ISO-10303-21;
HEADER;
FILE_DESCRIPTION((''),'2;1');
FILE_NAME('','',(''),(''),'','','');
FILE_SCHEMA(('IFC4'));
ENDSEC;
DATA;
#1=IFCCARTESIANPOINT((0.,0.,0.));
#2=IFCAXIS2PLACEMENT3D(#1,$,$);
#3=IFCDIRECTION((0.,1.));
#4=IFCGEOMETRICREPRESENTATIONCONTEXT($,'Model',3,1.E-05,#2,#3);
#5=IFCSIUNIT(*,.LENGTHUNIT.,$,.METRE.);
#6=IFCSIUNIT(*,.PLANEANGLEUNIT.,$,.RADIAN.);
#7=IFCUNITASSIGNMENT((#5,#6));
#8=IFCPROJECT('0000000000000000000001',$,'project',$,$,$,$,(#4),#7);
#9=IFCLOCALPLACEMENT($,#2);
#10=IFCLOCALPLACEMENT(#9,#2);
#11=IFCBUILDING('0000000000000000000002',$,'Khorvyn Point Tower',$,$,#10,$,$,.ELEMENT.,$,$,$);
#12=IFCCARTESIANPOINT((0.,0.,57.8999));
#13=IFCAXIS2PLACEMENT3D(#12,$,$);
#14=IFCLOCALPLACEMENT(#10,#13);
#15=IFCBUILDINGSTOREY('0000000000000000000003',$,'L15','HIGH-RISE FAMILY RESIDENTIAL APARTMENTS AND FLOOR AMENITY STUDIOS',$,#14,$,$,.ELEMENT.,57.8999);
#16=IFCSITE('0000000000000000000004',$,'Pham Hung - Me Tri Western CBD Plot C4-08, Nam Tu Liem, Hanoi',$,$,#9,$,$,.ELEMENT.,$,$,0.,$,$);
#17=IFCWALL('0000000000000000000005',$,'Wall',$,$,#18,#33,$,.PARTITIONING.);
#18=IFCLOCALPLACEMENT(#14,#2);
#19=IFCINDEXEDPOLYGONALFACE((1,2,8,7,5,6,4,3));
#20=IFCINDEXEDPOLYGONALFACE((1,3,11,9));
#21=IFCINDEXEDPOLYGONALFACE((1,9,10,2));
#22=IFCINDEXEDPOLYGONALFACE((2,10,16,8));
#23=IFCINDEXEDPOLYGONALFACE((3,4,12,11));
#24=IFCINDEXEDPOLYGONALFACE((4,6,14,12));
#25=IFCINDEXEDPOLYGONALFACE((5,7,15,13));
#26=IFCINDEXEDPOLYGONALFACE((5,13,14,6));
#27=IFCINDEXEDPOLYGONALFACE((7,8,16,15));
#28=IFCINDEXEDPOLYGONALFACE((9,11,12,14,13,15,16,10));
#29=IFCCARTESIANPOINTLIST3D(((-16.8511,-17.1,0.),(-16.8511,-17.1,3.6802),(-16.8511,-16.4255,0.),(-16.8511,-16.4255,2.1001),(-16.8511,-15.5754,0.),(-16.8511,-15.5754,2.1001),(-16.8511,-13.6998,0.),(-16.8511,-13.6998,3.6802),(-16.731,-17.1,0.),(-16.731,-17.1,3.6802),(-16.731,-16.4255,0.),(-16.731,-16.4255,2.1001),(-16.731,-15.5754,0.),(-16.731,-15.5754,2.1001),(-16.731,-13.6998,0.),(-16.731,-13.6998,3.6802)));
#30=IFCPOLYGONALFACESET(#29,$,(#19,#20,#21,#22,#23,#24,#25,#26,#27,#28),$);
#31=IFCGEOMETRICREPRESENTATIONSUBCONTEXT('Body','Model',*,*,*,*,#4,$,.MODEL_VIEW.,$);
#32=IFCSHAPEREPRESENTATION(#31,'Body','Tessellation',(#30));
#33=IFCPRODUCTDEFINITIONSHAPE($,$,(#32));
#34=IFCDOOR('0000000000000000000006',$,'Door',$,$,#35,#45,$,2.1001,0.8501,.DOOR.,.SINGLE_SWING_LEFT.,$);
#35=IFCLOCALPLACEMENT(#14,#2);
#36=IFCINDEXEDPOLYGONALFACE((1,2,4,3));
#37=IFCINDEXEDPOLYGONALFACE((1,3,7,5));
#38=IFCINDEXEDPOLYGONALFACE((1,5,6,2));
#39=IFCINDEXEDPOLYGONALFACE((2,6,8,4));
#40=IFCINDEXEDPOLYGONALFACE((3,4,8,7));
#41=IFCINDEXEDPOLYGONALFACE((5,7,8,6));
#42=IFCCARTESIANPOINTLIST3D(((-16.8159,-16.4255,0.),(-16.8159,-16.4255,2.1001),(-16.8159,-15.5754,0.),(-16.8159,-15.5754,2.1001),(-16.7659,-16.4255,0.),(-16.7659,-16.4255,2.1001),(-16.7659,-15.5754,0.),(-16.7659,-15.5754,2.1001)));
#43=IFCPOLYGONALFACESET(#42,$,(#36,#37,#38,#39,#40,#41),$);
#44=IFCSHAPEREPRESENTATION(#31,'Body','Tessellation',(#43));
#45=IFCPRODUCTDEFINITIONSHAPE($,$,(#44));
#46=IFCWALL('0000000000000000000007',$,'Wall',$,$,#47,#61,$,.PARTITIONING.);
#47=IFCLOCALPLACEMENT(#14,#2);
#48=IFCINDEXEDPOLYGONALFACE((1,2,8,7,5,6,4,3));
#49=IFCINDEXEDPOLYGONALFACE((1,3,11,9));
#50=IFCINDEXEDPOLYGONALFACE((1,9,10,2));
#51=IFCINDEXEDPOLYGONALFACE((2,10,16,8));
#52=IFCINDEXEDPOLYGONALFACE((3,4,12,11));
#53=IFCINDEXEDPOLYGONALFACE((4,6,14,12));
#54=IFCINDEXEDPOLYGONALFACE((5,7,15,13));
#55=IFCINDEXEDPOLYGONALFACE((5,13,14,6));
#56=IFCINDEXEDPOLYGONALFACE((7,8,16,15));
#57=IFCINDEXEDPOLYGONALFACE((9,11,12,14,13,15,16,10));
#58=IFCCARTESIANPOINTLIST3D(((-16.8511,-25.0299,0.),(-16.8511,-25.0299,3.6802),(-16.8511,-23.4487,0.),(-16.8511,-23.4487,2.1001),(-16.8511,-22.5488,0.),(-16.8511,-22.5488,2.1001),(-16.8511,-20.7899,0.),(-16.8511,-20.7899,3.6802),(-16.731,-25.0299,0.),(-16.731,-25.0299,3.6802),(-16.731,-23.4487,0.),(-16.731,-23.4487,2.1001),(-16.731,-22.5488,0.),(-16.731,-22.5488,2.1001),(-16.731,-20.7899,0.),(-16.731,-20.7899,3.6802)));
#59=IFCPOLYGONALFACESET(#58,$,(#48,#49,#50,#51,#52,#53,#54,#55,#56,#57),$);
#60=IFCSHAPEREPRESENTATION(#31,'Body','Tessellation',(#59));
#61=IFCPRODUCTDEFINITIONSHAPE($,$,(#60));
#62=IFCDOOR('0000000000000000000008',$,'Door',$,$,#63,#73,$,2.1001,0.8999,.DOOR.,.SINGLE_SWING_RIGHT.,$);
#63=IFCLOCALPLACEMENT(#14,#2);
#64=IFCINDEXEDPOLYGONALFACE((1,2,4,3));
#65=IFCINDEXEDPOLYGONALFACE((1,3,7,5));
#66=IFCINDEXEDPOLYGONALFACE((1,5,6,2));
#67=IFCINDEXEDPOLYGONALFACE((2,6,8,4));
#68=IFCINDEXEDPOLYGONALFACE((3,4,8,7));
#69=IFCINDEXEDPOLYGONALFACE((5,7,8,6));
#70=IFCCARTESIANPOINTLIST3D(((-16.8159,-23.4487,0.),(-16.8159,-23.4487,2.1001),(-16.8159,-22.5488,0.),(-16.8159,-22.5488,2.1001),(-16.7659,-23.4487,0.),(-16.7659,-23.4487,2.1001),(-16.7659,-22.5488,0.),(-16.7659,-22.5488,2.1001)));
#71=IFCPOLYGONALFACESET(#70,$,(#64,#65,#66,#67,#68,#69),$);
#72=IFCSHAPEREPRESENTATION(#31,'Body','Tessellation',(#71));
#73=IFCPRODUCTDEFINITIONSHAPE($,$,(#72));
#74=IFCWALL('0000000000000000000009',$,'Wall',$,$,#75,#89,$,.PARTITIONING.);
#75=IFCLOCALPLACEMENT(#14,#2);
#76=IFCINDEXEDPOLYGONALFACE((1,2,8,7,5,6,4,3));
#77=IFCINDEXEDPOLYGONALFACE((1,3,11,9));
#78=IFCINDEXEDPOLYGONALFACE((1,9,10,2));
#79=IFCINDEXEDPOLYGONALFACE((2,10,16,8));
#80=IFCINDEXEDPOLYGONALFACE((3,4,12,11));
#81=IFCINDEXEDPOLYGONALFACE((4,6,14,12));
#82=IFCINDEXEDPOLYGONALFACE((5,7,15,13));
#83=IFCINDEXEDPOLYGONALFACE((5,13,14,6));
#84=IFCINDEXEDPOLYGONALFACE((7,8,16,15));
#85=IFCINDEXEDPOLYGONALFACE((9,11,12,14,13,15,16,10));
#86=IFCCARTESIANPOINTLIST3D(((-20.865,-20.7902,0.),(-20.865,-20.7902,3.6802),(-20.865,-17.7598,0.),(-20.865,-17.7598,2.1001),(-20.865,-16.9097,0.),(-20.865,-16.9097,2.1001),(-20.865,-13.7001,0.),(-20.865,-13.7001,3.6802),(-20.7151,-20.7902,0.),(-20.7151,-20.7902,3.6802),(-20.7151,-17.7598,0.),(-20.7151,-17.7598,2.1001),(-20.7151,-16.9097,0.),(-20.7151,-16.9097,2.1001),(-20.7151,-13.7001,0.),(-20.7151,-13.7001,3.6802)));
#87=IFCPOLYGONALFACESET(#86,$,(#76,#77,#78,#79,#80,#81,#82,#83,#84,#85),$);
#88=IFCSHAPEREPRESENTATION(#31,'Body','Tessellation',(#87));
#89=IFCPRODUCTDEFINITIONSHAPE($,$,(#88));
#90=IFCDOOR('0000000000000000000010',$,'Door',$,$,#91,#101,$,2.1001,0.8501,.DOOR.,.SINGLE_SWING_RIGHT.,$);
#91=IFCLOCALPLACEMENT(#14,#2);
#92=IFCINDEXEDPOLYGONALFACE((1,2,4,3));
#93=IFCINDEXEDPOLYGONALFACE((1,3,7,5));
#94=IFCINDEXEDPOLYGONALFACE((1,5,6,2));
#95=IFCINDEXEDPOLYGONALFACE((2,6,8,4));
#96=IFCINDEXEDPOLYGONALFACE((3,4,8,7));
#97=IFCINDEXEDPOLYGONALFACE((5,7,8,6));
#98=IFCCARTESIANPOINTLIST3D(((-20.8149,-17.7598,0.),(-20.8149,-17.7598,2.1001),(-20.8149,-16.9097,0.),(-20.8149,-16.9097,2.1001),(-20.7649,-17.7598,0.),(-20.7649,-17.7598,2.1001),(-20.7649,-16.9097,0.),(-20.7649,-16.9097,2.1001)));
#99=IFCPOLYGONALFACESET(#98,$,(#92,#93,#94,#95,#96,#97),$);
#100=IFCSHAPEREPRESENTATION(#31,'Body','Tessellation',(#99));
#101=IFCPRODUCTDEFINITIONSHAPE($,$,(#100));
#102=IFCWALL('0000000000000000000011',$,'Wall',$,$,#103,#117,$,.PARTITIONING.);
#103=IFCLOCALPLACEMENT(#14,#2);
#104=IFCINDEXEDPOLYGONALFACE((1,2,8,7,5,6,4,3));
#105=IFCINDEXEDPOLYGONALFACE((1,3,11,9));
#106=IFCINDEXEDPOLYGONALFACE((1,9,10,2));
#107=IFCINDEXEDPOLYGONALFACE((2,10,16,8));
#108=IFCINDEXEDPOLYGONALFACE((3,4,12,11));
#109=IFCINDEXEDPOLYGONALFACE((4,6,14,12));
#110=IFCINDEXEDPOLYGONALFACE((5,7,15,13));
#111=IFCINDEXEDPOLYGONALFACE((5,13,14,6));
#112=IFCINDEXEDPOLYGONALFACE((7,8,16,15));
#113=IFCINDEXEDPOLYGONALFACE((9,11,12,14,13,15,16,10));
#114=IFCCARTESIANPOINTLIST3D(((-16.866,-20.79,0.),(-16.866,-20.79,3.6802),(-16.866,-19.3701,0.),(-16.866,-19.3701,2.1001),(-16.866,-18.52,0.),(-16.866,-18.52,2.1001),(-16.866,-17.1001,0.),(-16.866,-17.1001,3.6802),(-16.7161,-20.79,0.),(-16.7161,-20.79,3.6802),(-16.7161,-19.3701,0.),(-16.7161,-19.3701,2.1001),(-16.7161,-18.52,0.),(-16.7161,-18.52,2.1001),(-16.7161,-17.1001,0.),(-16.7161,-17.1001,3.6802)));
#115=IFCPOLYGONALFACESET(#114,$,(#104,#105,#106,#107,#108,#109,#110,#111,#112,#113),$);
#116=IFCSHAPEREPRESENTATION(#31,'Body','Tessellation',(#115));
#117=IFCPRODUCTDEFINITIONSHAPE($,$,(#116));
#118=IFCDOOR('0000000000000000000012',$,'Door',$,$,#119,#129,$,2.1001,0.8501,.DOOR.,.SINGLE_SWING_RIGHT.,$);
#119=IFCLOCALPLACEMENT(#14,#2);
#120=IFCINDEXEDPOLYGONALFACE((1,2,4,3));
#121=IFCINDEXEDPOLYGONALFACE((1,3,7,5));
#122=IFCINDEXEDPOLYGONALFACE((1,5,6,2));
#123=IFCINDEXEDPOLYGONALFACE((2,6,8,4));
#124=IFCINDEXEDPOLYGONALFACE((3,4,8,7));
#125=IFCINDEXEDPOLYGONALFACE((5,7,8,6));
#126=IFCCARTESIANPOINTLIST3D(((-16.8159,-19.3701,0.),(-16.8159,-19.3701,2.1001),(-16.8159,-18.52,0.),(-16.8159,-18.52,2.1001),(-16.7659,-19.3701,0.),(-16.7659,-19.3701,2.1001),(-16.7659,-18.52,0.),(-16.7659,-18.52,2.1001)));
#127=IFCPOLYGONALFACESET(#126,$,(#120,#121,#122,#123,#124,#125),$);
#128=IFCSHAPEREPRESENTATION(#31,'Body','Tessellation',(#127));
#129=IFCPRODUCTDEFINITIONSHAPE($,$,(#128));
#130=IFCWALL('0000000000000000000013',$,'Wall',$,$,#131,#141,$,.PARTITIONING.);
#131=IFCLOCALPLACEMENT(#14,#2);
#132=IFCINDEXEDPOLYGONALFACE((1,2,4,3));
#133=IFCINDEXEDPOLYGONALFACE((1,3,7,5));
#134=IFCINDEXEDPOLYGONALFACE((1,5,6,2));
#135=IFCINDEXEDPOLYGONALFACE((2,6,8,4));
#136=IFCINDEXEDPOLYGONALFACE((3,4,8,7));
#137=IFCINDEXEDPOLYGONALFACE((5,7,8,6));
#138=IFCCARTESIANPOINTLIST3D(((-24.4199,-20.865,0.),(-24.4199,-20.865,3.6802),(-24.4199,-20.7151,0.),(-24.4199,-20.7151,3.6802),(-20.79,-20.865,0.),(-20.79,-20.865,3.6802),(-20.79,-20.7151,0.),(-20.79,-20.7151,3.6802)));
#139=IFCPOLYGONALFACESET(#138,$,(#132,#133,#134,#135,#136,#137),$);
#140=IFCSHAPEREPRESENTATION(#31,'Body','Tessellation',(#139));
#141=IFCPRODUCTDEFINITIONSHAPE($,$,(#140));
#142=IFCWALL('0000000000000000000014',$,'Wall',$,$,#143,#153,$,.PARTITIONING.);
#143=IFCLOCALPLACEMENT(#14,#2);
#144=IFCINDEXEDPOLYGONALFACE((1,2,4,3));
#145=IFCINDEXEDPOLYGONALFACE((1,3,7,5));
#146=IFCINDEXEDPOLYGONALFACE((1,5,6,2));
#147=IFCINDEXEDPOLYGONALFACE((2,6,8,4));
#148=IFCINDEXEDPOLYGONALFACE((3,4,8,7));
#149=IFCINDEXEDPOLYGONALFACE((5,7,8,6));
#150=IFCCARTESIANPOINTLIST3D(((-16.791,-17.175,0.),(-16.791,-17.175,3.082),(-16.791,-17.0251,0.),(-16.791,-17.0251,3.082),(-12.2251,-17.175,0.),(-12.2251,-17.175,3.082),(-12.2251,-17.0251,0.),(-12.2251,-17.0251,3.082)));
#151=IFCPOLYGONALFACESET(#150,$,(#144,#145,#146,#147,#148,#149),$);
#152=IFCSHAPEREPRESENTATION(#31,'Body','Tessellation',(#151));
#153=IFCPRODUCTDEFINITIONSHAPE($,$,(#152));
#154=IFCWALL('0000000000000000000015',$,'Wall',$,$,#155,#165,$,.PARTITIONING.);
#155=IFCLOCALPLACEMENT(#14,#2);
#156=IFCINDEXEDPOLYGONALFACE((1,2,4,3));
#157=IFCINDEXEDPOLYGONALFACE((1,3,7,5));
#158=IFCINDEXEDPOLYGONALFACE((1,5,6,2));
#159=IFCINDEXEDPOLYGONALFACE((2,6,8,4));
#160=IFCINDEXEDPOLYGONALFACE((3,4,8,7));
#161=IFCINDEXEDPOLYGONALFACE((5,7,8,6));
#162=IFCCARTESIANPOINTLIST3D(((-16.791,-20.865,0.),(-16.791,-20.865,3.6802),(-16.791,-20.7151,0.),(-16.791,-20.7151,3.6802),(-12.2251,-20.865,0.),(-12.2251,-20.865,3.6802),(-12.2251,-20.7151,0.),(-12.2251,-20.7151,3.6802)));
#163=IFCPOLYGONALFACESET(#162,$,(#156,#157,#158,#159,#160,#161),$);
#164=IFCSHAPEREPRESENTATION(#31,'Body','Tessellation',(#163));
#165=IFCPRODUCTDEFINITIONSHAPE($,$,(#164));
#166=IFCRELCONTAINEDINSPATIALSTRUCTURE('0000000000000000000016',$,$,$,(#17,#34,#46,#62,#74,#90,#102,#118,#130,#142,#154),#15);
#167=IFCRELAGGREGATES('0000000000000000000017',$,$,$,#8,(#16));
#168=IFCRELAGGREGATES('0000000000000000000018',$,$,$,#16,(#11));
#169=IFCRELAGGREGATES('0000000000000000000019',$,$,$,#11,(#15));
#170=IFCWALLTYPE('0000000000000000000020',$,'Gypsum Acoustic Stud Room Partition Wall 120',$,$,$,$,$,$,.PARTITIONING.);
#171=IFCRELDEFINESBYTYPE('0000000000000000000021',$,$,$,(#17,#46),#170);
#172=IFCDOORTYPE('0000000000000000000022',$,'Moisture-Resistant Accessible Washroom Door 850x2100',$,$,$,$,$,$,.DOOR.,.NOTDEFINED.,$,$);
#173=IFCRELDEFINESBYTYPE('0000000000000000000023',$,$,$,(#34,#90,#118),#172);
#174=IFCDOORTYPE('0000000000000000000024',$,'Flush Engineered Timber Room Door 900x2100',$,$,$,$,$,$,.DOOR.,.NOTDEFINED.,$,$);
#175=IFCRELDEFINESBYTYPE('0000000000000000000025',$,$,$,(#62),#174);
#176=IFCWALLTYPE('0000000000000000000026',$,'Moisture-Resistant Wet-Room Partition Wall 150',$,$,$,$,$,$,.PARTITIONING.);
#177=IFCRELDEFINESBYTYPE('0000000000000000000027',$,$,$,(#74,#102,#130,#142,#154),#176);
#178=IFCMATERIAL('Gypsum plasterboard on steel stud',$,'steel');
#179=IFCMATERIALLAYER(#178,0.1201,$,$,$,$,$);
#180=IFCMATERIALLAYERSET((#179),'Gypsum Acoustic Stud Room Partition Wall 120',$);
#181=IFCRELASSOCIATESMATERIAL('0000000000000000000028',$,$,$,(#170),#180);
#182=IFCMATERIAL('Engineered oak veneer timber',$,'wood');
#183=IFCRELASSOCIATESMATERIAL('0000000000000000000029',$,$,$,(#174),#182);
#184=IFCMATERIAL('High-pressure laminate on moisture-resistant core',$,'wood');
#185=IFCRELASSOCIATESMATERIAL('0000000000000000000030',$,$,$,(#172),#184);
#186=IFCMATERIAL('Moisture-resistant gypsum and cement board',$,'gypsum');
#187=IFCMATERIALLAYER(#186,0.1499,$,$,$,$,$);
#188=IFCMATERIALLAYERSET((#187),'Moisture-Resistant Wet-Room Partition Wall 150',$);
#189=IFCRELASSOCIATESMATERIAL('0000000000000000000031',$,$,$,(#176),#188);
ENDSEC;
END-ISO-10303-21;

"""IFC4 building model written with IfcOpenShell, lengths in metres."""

from ifc_helpers import new_model, si_unit, direction, frame, frame_2d, origin, place, context, subcontext, project, spatial, rectangle, extrude, material, layer, layer_set, type_object, element, fill, save


model = new_model("IFC4")

# Units and contexts
model_context = context("Model", 3, precision=1e-05, world=origin(), true_north=direction((0.0, 1.0)))
body_context = subcontext(model_context, "Body", "Model", "MODEL_VIEW")
ifc_project = project(units=[si_unit("LENGTHUNIT", "METRE"), si_unit("PLANEANGLEUNIT", "RADIAN")], contexts=[model_context])

# Site, building, storey
site_placement = place(None, origin())
site = spatial("IfcSite", under=ifc_project, at=site_placement, Name="Pham Hung - Me Tri Western CBD Plot C4-08, Nam Tu Liem, Hanoi", CompositionType="ELEMENT", RefElevation=0.0)
building_placement = place(site_placement, origin())
building = spatial("IfcBuilding", under=site, at=building_placement, Name="Khorvyn Point Tower", CompositionType="ELEMENT")
storey_placement = place(building_placement, frame((0.0, 0.0, 57.8999)))
storey = spatial("IfcBuildingStorey", under=building, at=storey_placement, Name="L15", Description="HIGH-RISE FAMILY RESIDENTIAL APARTMENTS AND FLOOR AMENITY STUDIOS", CompositionType="ELEMENT", Elevation=57.8999)

# Walls, openings, doors
ifc_material_1 = material(Name="Gypsum plasterboard on steel stud", Category="steel")
ifc_layer_1 = layer(ifc_material_1, 0.1201)
ifc_layer_set_1 = layer_set([ifc_layer_1], Name="Gypsum Acoustic Stud Room Partition Wall 120")
wall_type_1 = type_object("IfcWallType", Name="Gypsum Acoustic Stud Room Partition Wall 120", PredefinedType="PARTITIONING", material=ifc_layer_set_1)
ifc_material_2 = material(Name="Engineered oak veneer timber", Category="wood")
door_type_1 = type_object("IfcDoorType", Name="Flush Engineered Timber Room Door 900x2100", OperationType="NOTDEFINED", PredefinedType="DOOR", material=ifc_material_2)
wall_1_placement = place(storey_placement, frame((-16.791, -17.1001, 0.0), z_axis=(0.0, 0.0, 1.0), x_axis=(0.0, 1.0, 0.0)))
wall_1 = element("IfcWall", 1, at=wall_1_placement, inside=storey, type_object=wall_type_1, Name="Wall", PredefinedType="PARTITIONING", context=body_context, shape_type="SweptSolid", body=[
    extrude(rectangle(XDim=3.4001, YDim=0.1201, at=frame_2d((1.7002, 0.0))), origin(), (0.0, 0.0, 1.0), 3.6802),
])
opening_1_placement = place(wall_1_placement, frame((0.6746, 0.0, 0.0)))
opening_1 = element("IfcOpeningElement", 2, at=opening_1_placement, cuts=wall_1, PredefinedType="OPENING", context=body_context, shape_type="SweptSolid", body=[
    extrude(rectangle(XDim=0.8501, YDim=2.1001, at=frame_2d((0.425, 1.05))), frame((0.0, 0.0701, 0.0), z_axis=(0.0, -1.0, 0.0), x_axis=(1.0, 0.0, 0.0)), (0.0, 0.0, 1.0), 0.1401),
])
ifc_material_3 = material(Name="High-pressure laminate on moisture-resistant core", Category="wood")
door_type_2 = type_object("IfcDoorType", Name="Moisture-Resistant Accessible Washroom Door 850x2100", OperationType="NOTDEFINED", PredefinedType="DOOR", material=ifc_material_3)
door_1_placement = place(opening_1_placement, origin())
door_1 = element("IfcDoor", 3, at=door_1_placement, inside=storey, type_object=door_type_2, Name="Door", OperationType="SINGLE_SWING_LEFT", OverallHeight=2.1001, OverallWidth=0.8501, PredefinedType="DOOR", context=body_context, shape_type="SweptSolid", body=[
    extrude(rectangle(XDim=0.8501, YDim=2.1001, at=frame_2d((0.425, 1.05))), frame((0.0, 0.0249, 0.0), z_axis=(0.0, -1.0, 0.0), x_axis=(1.0, 0.0, 0.0)), (0.0, 0.0, 1.0), 0.05),
])
fill(opening_1, door_1)
wall_2_placement = place(storey_placement, frame((-16.791, -25.03, 0.0), z_axis=(0.0, 0.0, 1.0), x_axis=(0.0, 1.0, 0.0)))
wall_2 = element("IfcWall", 4, at=wall_2_placement, inside=storey, type_object=wall_type_1, Name="Wall", PredefinedType="PARTITIONING", context=body_context, shape_type="SweptSolid", body=[
    extrude(rectangle(XDim=4.24, YDim=0.1201, at=frame_2d((2.1201, 0.0))), origin(), (0.0, 0.0, 1.0), 3.6802),
])
opening_2_placement = place(wall_2_placement, frame((1.5813, 0.0, 0.0)))
opening_2 = element("IfcOpeningElement", 5, at=opening_2_placement, cuts=wall_2, PredefinedType="OPENING", context=body_context, shape_type="SweptSolid", body=[
    extrude(rectangle(XDim=0.8999, YDim=2.1001, at=frame_2d((0.45, 1.05))), frame((0.0, 0.0701, 0.0), z_axis=(0.0, -1.0, 0.0), x_axis=(1.0, 0.0, 0.0)), (0.0, 0.0, 1.0), 0.1401),
])
door_2_placement = place(opening_2_placement, origin())
door_2 = element("IfcDoor", 6, at=door_2_placement, inside=storey, type_object=door_type_1, Name="Door", OperationType="SINGLE_SWING_RIGHT", OverallHeight=2.1001, OverallWidth=0.8999, PredefinedType="DOOR", context=body_context, shape_type="SweptSolid", body=[
    extrude(rectangle(XDim=0.8999, YDim=2.1001, at=frame_2d((0.45, 1.05))), frame((0.0, 0.0249, 0.0), z_axis=(0.0, -1.0, 0.0), x_axis=(1.0, 0.0, 0.0)), (0.0, 0.0, 1.0), 0.05),
])
fill(opening_2, door_2)
ifc_material_4 = material(Name="Moisture-resistant gypsum and cement board", Category="gypsum")
ifc_layer_2 = layer(ifc_material_4, 0.1499)
ifc_layer_set_2 = layer_set([ifc_layer_2], Name="Moisture-Resistant Wet-Room Partition Wall 150")
wall_type_2 = type_object("IfcWallType", Name="Moisture-Resistant Wet-Room Partition Wall 150", PredefinedType="PARTITIONING", material=ifc_layer_set_2)
wall_3_placement = place(storey_placement, frame((-20.79, -20.79, 0.0), z_axis=(0.0, 0.0, 1.0), x_axis=(0.0, 1.0, 0.0)))
wall_3 = element("IfcWall", 7, at=wall_3_placement, inside=storey, type_object=wall_type_2, Name="Wall", PredefinedType="PARTITIONING", context=body_context, shape_type="SweptSolid", body=[
    extrude(rectangle(XDim=7.0901, YDim=0.1499, at=frame_2d((3.5449, 0.0))), origin(), (0.0, 0.0, 1.0), 3.6802),
])
opening_3_placement = place(wall_3_placement, frame((3.0303, 0.0, 0.0)))
opening_3 = element("IfcOpeningElement", 8, at=opening_3_placement, cuts=wall_3, PredefinedType="OPENING", context=body_context, shape_type="SweptSolid", body=[
    extrude(rectangle(XDim=0.8501, YDim=2.1001, at=frame_2d((0.425, 1.05))), frame((0.0, 0.085, 0.0), z_axis=(0.0, -1.0, 0.0), x_axis=(1.0, 0.0, 0.0)), (0.0, 0.0, 1.0), 0.1699),
])
door_3_placement = place(opening_3_placement, origin())
door_3 = element("IfcDoor", 9, at=door_3_placement, inside=storey, type_object=door_type_2, Name="Door", OperationType="SINGLE_SWING_RIGHT", OverallHeight=2.1001, OverallWidth=0.8501, PredefinedType="DOOR", context=body_context, shape_type="SweptSolid", body=[
    extrude(rectangle(XDim=0.8501, YDim=2.1001, at=frame_2d((0.425, 1.05))), frame((0.0, 0.0249, 0.0), z_axis=(0.0, -1.0, 0.0), x_axis=(1.0, 0.0, 0.0)), (0.0, 0.0, 1.0), 0.05),
])
fill(opening_3, door_3)
wall_4_placement = place(storey_placement, frame((-16.791, -20.79, 0.0), z_axis=(0.0, 0.0, 1.0), x_axis=(0.0, 1.0, 0.0)))
wall_4 = element("IfcWall", 10, at=wall_4_placement, inside=storey, type_object=wall_type_2, Name="Wall", PredefinedType="PARTITIONING", context=body_context, shape_type="SweptSolid", body=[
    extrude(rectangle(XDim=3.6899, YDim=0.1499, at=frame_2d((1.845, 0.0))), origin(), (0.0, 0.0, 1.0), 3.6802),
])
opening_4_placement = place(wall_4_placement, frame((1.4199, 0.0, 0.0)))
opening_4 = element("IfcOpeningElement", 11, at=opening_4_placement, cuts=wall_4, PredefinedType="OPENING", context=body_context, shape_type="SweptSolid", body=[
    extrude(rectangle(XDim=0.8501, YDim=2.1001, at=frame_2d((0.425, 1.05))), frame((0.0, 0.085, 0.0), z_axis=(0.0, -1.0, 0.0), x_axis=(1.0, 0.0, 0.0)), (0.0, 0.0, 1.0), 0.1699),
])
door_4_placement = place(opening_4_placement, origin())
door_4 = element("IfcDoor", 12, at=door_4_placement, inside=storey, type_object=door_type_2, Name="Door", OperationType="SINGLE_SWING_RIGHT", OverallHeight=2.1001, OverallWidth=0.8501, PredefinedType="DOOR", context=body_context, shape_type="SweptSolid", body=[
    extrude(rectangle(XDim=0.8501, YDim=2.1001, at=frame_2d((0.425, 1.05))), frame((0.0, 0.0249, 0.0), z_axis=(0.0, -1.0, 0.0), x_axis=(1.0, 0.0, 0.0)), (0.0, 0.0, 1.0), 0.05),
])
fill(opening_4, door_4)

# Walls
wall_5_placement = place(storey_placement, frame((-24.4199, -20.79, 0.0), z_axis=(0.0, 0.0, 1.0), x_axis=(1.0, 0.0, 0.0)))
element("IfcWall", 13, at=wall_5_placement, inside=storey, type_object=wall_type_2, Name="Wall", PredefinedType="PARTITIONING", context=body_context, shape_type="SweptSolid", body=[
    extrude(rectangle(XDim=3.6299, YDim=0.1499, at=frame_2d((1.8149, 0.0))), origin(), (0.0, 0.0, 1.0), 3.6802),
])
wall_6_placement = place(storey_placement, frame((-16.791, -17.1001, 0.0), z_axis=(0.0, 0.0, 1.0), x_axis=(1.0, 0.0, 0.0)))
element("IfcWall", 14, at=wall_6_placement, inside=storey, type_object=wall_type_2, Name="Wall", PredefinedType="PARTITIONING", context=body_context, shape_type="SweptSolid", body=[
    extrude(rectangle(XDim=4.5659, YDim=0.1499, at=frame_2d((2.283, 0.0))), origin(), (0.0, 0.0, 1.0), 3.082),
])
wall_7_placement = place(storey_placement, frame((-16.791, -20.79, 0.0), z_axis=(0.0, 0.0, 1.0), x_axis=(1.0, 0.0, 0.0)))
element("IfcWall", 15, at=wall_7_placement, inside=storey, type_object=wall_type_2, Name="Wall", PredefinedType="PARTITIONING", context=body_context, shape_type="SweptSolid", body=[
    extrude(rectangle(XDim=4.5659, YDim=0.1499, at=frame_2d((2.283, 0.0))), origin(), (0.0, 0.0, 1.0), 3.6802),
])

save(model, "model.ifc")
